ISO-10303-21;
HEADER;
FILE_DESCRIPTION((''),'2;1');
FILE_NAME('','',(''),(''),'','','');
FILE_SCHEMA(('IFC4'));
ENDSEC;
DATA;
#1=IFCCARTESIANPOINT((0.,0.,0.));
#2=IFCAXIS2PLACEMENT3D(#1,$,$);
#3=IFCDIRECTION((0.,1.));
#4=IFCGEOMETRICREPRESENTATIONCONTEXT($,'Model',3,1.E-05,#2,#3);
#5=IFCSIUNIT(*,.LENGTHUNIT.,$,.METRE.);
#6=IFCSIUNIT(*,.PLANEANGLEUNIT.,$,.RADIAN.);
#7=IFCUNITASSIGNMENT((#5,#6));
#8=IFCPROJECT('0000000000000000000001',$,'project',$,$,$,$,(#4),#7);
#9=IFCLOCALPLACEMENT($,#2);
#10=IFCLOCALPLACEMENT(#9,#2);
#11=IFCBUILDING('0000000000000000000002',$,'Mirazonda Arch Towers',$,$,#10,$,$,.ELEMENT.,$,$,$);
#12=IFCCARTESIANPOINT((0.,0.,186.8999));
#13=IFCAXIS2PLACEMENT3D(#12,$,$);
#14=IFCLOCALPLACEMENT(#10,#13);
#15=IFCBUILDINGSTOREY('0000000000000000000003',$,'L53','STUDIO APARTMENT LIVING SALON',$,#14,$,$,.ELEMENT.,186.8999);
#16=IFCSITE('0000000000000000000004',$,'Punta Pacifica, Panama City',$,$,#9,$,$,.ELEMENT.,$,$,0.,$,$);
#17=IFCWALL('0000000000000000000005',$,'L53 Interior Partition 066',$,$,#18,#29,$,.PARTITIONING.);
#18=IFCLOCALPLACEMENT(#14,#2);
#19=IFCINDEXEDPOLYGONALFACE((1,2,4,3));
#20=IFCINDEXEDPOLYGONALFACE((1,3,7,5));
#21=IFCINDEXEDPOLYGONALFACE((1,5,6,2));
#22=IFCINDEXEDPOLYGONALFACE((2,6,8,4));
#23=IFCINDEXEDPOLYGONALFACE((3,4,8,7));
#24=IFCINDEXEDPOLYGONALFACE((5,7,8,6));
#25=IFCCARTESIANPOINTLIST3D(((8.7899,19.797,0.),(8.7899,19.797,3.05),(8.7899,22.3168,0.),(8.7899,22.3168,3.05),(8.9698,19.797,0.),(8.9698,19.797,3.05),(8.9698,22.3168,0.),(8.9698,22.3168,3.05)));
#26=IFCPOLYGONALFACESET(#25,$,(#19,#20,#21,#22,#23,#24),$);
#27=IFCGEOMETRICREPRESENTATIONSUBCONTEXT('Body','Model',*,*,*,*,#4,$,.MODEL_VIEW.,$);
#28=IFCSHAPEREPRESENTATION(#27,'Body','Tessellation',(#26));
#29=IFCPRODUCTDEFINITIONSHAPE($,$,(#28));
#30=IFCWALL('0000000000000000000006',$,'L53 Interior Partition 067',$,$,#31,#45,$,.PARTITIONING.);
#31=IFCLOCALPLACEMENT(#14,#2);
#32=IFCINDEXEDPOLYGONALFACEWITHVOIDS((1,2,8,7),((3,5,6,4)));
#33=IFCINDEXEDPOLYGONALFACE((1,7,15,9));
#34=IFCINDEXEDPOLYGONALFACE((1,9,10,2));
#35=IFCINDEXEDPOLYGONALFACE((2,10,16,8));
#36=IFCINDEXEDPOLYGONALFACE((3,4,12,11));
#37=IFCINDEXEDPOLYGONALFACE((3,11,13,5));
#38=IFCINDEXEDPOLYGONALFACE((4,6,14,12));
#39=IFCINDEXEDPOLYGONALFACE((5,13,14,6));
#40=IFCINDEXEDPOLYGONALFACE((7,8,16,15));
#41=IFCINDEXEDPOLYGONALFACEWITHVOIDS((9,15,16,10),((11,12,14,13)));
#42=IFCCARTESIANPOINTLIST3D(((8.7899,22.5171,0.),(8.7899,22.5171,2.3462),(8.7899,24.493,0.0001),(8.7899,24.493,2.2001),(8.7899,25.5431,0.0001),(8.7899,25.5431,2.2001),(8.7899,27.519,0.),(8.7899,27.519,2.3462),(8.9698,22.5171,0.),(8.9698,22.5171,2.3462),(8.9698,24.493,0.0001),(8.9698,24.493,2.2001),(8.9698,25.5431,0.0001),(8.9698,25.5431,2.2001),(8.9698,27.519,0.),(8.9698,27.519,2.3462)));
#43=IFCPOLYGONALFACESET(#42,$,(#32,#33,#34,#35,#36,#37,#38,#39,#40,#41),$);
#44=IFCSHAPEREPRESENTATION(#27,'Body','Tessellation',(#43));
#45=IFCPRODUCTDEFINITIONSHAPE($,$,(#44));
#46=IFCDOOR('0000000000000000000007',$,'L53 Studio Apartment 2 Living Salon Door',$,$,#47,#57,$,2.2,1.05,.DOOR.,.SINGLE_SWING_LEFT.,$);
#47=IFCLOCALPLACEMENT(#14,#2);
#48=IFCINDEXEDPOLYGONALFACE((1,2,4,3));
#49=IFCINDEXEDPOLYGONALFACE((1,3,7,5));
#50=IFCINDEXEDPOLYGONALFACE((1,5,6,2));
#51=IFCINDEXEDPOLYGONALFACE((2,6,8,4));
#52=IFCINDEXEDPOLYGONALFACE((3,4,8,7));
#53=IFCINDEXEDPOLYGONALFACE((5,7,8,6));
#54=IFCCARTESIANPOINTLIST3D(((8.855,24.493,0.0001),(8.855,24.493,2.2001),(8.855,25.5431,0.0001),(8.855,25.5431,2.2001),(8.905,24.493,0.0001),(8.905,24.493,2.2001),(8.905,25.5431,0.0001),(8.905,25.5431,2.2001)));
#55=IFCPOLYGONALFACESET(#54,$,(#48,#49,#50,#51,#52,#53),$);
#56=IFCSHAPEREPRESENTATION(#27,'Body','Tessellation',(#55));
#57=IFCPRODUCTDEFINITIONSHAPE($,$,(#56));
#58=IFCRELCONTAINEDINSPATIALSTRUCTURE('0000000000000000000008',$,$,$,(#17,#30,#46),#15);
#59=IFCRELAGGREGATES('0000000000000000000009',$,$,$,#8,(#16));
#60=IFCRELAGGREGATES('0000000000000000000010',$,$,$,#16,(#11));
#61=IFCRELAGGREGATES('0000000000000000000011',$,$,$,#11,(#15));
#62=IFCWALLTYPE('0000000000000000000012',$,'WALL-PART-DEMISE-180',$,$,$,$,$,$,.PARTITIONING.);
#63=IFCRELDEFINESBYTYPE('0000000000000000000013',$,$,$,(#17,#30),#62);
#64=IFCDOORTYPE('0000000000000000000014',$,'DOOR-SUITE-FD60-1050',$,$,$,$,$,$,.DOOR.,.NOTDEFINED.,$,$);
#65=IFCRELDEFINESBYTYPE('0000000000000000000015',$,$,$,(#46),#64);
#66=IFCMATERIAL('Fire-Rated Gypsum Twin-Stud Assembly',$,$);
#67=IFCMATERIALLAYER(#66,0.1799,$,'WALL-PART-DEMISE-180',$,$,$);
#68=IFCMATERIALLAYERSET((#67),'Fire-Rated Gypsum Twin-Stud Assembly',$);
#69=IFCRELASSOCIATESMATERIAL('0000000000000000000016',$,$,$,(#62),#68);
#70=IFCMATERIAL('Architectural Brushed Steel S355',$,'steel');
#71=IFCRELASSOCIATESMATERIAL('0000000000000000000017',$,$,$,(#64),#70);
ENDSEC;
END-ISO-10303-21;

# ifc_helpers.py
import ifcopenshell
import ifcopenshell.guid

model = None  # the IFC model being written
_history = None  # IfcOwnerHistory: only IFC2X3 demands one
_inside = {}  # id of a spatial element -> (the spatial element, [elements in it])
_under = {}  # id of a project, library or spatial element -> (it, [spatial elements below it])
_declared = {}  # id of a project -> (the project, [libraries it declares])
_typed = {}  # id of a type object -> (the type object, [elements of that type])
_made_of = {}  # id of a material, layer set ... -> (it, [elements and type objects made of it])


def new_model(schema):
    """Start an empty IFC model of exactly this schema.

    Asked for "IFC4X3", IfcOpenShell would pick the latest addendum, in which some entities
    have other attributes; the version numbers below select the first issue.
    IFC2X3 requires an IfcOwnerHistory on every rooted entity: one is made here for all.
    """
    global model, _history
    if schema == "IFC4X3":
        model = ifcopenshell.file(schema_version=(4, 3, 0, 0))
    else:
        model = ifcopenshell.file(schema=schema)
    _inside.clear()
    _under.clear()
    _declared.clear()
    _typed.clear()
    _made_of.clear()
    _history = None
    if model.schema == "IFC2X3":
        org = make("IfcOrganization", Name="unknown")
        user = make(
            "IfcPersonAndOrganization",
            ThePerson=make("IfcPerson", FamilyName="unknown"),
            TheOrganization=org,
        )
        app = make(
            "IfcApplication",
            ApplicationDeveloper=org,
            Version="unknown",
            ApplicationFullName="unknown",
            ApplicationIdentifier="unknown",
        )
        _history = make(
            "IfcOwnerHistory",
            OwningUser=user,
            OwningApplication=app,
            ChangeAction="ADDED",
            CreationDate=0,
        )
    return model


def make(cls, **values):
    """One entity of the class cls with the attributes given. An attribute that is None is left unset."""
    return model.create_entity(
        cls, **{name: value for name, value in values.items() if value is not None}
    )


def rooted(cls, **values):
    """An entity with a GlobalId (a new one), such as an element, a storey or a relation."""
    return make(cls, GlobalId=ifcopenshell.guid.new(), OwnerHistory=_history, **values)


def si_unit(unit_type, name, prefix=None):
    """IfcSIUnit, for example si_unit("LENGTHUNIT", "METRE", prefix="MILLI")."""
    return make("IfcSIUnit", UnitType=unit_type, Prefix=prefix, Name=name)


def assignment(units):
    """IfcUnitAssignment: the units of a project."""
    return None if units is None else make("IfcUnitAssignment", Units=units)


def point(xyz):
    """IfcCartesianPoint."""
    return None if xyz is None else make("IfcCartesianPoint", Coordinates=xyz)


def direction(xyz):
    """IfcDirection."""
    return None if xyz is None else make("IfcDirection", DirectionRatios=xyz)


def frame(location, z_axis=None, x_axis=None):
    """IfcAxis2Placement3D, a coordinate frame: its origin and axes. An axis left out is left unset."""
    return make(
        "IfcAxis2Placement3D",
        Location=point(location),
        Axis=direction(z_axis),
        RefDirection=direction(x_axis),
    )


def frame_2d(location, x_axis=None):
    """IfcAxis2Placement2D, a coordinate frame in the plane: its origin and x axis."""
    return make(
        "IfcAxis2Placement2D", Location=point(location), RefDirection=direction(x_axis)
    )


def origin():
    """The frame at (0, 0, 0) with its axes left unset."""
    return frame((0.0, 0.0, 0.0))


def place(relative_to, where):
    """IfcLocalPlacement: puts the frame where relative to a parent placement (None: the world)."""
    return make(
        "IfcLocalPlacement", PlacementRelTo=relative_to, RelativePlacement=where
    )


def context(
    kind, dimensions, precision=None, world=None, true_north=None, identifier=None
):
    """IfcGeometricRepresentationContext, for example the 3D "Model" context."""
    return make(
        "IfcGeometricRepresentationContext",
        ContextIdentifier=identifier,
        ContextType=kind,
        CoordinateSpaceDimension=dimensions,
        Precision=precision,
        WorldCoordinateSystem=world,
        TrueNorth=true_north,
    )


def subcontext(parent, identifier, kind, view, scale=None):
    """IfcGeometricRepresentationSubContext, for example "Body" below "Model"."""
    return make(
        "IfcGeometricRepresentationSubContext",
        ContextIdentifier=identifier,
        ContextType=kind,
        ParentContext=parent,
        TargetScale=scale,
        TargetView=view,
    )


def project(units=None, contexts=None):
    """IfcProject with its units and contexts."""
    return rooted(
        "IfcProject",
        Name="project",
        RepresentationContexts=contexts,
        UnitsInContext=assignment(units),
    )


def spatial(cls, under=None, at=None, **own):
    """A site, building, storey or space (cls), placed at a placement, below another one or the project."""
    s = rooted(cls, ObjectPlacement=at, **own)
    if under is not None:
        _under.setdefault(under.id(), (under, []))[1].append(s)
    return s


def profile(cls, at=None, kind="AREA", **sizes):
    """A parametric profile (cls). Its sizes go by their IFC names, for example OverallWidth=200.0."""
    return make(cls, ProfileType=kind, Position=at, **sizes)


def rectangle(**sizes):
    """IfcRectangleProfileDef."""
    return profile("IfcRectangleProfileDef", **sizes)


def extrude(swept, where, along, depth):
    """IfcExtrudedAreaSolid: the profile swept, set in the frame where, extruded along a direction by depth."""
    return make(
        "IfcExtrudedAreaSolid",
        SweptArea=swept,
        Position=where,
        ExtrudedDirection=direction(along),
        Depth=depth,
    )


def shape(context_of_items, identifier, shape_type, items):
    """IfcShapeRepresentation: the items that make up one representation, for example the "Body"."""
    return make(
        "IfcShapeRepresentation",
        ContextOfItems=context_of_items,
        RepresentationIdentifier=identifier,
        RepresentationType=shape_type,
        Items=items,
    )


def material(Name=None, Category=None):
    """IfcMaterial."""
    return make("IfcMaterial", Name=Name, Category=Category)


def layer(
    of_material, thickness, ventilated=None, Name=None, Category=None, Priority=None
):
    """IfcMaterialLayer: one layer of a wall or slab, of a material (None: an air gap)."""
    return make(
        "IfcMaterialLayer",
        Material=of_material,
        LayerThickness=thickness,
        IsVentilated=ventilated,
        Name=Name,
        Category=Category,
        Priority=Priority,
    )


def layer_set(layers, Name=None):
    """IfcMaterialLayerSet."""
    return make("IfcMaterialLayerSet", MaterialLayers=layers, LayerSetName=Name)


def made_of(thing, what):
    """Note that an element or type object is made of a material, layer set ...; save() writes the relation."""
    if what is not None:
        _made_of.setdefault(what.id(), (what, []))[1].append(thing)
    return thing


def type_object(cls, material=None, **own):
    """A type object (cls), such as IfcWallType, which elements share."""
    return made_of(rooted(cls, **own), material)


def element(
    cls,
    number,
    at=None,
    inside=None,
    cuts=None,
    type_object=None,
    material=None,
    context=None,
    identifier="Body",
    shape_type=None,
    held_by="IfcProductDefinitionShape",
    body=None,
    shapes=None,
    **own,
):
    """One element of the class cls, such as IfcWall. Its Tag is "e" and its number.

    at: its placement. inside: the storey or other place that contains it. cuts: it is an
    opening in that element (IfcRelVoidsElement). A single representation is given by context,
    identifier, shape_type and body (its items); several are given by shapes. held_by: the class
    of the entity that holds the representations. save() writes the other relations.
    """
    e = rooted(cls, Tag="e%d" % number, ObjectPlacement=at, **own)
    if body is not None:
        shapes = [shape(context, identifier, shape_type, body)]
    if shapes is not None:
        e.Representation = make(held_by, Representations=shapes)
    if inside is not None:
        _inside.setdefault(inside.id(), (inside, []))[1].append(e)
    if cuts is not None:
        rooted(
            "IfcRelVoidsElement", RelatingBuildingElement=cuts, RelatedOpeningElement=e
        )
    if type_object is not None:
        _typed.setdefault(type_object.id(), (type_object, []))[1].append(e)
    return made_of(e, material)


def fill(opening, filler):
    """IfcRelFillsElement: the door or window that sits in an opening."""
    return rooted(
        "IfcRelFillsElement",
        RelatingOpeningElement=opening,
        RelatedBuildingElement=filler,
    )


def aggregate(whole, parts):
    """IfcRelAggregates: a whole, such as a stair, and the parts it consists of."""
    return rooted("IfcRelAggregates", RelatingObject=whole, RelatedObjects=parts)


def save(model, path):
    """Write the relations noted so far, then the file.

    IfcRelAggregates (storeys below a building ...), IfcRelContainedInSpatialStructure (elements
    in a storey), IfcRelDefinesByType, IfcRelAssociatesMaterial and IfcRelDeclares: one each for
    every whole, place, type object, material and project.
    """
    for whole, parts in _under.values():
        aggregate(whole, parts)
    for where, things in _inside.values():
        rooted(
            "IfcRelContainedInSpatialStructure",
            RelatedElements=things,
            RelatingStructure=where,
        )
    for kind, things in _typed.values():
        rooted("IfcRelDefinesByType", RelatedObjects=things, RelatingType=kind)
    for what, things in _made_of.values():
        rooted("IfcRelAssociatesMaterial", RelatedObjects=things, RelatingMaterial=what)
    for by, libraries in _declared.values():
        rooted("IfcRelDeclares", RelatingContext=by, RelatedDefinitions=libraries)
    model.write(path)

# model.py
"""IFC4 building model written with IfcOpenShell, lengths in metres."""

from ifc_helpers import new_model, si_unit, direction, frame, frame_2d, origin, place, context, subcontext, project, spatial, rectangle, extrude, material, layer, layer_set, type_object, element, fill, save


model = new_model("IFC4")

# Units and contexts
model_context = context("Model", 3, precision=1e-05, world=origin(), true_north=direction((0.0, 1.0)))
body_context = subcontext(model_context, "Body", "Model", "MODEL_VIEW")
ifc_project = project(units=[si_unit("LENGTHUNIT", "METRE"), si_unit("PLANEANGLEUNIT", "RADIAN")], contexts=[model_context])

# Site, building, storey
site_placement = place(None, origin())
site = spatial("IfcSite", under=ifc_project, at=site_placement, Name="Punta Pacifica, Panama City", CompositionType="ELEMENT", RefElevation=0.0)
building_placement = place(site_placement, origin())
building = spatial("IfcBuilding", under=site, at=building_placement, Name="Mirazonda Arch Towers", CompositionType="ELEMENT")
storey_placement = place(building_placement, frame((0.0, 0.0, 186.8999)))
storey = spatial("IfcBuildingStorey", under=building, at=storey_placement, Name="L53", Description="STUDIO APARTMENT LIVING SALON", CompositionType="ELEMENT", Elevation=186.8999)

# Shared definitions
ifc_material_1 = material(Name="Architectural Brushed Steel S355", Category="steel")

# Shared definitions
ifc_material_2 = material(Name="Fire-Rated Gypsum Twin-Stud Assembly")
ifc_layer_1 = layer(ifc_material_2, 0.1799, Name="WALL-PART-DEMISE-180")
ifc_layer_set_1 = layer_set([ifc_layer_1], Name="Fire-Rated Gypsum Twin-Stud Assembly")
wall_type_1 = type_object("IfcWallType", Name="WALL-PART-DEMISE-180", PredefinedType="PARTITIONING", material=ifc_layer_set_1)
door_type_1 = type_object("IfcDoorType", Name="DOOR-SUITE-FD60-1050", OperationType="NOTDEFINED", PredefinedType="DOOR", material=ifc_material_1)

# Wall
wall_1_placement = place(storey_placement, frame((8.8799, 19.7971, 0.0), z_axis=(0.0, 0.0, 1.0), x_axis=(0.0, 1.0, 0.0)))
element("IfcWall", 1, at=wall_1_placement, inside=storey, type_object=wall_type_1, Name="L53 Interior Partition 066", PredefinedType="PARTITIONING", context=body_context, shape_type="SweptSolid", body=[
    extrude(rectangle(XDim=2.5198, YDim=0.1799, at=frame_2d((1.2598, 0.0))), origin(), (0.0, 0.0, 1.0), 3.05),
])

# Wall, opening, door
wall_2_placement = place(storey_placement, frame((8.8799, 22.5171, 0.0), z_axis=(0.0, 0.0, 1.0), x_axis=(0.0, 1.0, 0.0)))
wall_2 = element("IfcWall", 2, at=wall_2_placement, inside=storey, type_object=wall_type_1, Name="L53 Interior Partition 067", PredefinedType="PARTITIONING", context=body_context, shape_type="SweptSolid", body=[
    extrude(rectangle(XDim=5.002, YDim=0.1799, at=frame_2d((2.501, 0.0))), origin(), (0.0, 0.0, 1.0), 2.3462),
])
opening_1_placement = place(wall_2_placement, frame((1.9761, 0.0, 0.0)))
opening_1 = element("IfcOpeningElement", 3, at=opening_1_placement, cuts=wall_2, PredefinedType="OPENING", context=body_context, shape_type="SweptSolid", body=[
    extrude(rectangle(XDim=1.05, YDim=2.2, at=frame_2d((0.5249, 1.1001))), frame((0.0, 0.0999, 0.0), z_axis=(0.0, -1.0, 0.0), x_axis=(1.0, 0.0, 0.0)), (0.0, 0.0, 1.0), 0.2),
])
door_1_placement = place(opening_1_placement, origin())
door_1 = element("IfcDoor", 4, at=door_1_placement, inside=storey, type_object=door_type_1, Name="L53 Studio Apartment 2 Living Salon Door", OperationType="SINGLE_SWING_LEFT", OverallHeight=2.2, OverallWidth=1.05, PredefinedType="DOOR", context=body_context, shape_type="SweptSolid", body=[
    extrude(rectangle(XDim=1.05, YDim=2.2, at=frame_2d((0.5249, 1.1001))), frame((0.0, 0.0249, 0.0), z_axis=(0.0, -1.0, 0.0), x_axis=(1.0, 0.0, 0.0)), (0.0, 0.0, 1.0), 0.05),
])
fill(opening_1, door_1)

save(model, "model.ifc")
